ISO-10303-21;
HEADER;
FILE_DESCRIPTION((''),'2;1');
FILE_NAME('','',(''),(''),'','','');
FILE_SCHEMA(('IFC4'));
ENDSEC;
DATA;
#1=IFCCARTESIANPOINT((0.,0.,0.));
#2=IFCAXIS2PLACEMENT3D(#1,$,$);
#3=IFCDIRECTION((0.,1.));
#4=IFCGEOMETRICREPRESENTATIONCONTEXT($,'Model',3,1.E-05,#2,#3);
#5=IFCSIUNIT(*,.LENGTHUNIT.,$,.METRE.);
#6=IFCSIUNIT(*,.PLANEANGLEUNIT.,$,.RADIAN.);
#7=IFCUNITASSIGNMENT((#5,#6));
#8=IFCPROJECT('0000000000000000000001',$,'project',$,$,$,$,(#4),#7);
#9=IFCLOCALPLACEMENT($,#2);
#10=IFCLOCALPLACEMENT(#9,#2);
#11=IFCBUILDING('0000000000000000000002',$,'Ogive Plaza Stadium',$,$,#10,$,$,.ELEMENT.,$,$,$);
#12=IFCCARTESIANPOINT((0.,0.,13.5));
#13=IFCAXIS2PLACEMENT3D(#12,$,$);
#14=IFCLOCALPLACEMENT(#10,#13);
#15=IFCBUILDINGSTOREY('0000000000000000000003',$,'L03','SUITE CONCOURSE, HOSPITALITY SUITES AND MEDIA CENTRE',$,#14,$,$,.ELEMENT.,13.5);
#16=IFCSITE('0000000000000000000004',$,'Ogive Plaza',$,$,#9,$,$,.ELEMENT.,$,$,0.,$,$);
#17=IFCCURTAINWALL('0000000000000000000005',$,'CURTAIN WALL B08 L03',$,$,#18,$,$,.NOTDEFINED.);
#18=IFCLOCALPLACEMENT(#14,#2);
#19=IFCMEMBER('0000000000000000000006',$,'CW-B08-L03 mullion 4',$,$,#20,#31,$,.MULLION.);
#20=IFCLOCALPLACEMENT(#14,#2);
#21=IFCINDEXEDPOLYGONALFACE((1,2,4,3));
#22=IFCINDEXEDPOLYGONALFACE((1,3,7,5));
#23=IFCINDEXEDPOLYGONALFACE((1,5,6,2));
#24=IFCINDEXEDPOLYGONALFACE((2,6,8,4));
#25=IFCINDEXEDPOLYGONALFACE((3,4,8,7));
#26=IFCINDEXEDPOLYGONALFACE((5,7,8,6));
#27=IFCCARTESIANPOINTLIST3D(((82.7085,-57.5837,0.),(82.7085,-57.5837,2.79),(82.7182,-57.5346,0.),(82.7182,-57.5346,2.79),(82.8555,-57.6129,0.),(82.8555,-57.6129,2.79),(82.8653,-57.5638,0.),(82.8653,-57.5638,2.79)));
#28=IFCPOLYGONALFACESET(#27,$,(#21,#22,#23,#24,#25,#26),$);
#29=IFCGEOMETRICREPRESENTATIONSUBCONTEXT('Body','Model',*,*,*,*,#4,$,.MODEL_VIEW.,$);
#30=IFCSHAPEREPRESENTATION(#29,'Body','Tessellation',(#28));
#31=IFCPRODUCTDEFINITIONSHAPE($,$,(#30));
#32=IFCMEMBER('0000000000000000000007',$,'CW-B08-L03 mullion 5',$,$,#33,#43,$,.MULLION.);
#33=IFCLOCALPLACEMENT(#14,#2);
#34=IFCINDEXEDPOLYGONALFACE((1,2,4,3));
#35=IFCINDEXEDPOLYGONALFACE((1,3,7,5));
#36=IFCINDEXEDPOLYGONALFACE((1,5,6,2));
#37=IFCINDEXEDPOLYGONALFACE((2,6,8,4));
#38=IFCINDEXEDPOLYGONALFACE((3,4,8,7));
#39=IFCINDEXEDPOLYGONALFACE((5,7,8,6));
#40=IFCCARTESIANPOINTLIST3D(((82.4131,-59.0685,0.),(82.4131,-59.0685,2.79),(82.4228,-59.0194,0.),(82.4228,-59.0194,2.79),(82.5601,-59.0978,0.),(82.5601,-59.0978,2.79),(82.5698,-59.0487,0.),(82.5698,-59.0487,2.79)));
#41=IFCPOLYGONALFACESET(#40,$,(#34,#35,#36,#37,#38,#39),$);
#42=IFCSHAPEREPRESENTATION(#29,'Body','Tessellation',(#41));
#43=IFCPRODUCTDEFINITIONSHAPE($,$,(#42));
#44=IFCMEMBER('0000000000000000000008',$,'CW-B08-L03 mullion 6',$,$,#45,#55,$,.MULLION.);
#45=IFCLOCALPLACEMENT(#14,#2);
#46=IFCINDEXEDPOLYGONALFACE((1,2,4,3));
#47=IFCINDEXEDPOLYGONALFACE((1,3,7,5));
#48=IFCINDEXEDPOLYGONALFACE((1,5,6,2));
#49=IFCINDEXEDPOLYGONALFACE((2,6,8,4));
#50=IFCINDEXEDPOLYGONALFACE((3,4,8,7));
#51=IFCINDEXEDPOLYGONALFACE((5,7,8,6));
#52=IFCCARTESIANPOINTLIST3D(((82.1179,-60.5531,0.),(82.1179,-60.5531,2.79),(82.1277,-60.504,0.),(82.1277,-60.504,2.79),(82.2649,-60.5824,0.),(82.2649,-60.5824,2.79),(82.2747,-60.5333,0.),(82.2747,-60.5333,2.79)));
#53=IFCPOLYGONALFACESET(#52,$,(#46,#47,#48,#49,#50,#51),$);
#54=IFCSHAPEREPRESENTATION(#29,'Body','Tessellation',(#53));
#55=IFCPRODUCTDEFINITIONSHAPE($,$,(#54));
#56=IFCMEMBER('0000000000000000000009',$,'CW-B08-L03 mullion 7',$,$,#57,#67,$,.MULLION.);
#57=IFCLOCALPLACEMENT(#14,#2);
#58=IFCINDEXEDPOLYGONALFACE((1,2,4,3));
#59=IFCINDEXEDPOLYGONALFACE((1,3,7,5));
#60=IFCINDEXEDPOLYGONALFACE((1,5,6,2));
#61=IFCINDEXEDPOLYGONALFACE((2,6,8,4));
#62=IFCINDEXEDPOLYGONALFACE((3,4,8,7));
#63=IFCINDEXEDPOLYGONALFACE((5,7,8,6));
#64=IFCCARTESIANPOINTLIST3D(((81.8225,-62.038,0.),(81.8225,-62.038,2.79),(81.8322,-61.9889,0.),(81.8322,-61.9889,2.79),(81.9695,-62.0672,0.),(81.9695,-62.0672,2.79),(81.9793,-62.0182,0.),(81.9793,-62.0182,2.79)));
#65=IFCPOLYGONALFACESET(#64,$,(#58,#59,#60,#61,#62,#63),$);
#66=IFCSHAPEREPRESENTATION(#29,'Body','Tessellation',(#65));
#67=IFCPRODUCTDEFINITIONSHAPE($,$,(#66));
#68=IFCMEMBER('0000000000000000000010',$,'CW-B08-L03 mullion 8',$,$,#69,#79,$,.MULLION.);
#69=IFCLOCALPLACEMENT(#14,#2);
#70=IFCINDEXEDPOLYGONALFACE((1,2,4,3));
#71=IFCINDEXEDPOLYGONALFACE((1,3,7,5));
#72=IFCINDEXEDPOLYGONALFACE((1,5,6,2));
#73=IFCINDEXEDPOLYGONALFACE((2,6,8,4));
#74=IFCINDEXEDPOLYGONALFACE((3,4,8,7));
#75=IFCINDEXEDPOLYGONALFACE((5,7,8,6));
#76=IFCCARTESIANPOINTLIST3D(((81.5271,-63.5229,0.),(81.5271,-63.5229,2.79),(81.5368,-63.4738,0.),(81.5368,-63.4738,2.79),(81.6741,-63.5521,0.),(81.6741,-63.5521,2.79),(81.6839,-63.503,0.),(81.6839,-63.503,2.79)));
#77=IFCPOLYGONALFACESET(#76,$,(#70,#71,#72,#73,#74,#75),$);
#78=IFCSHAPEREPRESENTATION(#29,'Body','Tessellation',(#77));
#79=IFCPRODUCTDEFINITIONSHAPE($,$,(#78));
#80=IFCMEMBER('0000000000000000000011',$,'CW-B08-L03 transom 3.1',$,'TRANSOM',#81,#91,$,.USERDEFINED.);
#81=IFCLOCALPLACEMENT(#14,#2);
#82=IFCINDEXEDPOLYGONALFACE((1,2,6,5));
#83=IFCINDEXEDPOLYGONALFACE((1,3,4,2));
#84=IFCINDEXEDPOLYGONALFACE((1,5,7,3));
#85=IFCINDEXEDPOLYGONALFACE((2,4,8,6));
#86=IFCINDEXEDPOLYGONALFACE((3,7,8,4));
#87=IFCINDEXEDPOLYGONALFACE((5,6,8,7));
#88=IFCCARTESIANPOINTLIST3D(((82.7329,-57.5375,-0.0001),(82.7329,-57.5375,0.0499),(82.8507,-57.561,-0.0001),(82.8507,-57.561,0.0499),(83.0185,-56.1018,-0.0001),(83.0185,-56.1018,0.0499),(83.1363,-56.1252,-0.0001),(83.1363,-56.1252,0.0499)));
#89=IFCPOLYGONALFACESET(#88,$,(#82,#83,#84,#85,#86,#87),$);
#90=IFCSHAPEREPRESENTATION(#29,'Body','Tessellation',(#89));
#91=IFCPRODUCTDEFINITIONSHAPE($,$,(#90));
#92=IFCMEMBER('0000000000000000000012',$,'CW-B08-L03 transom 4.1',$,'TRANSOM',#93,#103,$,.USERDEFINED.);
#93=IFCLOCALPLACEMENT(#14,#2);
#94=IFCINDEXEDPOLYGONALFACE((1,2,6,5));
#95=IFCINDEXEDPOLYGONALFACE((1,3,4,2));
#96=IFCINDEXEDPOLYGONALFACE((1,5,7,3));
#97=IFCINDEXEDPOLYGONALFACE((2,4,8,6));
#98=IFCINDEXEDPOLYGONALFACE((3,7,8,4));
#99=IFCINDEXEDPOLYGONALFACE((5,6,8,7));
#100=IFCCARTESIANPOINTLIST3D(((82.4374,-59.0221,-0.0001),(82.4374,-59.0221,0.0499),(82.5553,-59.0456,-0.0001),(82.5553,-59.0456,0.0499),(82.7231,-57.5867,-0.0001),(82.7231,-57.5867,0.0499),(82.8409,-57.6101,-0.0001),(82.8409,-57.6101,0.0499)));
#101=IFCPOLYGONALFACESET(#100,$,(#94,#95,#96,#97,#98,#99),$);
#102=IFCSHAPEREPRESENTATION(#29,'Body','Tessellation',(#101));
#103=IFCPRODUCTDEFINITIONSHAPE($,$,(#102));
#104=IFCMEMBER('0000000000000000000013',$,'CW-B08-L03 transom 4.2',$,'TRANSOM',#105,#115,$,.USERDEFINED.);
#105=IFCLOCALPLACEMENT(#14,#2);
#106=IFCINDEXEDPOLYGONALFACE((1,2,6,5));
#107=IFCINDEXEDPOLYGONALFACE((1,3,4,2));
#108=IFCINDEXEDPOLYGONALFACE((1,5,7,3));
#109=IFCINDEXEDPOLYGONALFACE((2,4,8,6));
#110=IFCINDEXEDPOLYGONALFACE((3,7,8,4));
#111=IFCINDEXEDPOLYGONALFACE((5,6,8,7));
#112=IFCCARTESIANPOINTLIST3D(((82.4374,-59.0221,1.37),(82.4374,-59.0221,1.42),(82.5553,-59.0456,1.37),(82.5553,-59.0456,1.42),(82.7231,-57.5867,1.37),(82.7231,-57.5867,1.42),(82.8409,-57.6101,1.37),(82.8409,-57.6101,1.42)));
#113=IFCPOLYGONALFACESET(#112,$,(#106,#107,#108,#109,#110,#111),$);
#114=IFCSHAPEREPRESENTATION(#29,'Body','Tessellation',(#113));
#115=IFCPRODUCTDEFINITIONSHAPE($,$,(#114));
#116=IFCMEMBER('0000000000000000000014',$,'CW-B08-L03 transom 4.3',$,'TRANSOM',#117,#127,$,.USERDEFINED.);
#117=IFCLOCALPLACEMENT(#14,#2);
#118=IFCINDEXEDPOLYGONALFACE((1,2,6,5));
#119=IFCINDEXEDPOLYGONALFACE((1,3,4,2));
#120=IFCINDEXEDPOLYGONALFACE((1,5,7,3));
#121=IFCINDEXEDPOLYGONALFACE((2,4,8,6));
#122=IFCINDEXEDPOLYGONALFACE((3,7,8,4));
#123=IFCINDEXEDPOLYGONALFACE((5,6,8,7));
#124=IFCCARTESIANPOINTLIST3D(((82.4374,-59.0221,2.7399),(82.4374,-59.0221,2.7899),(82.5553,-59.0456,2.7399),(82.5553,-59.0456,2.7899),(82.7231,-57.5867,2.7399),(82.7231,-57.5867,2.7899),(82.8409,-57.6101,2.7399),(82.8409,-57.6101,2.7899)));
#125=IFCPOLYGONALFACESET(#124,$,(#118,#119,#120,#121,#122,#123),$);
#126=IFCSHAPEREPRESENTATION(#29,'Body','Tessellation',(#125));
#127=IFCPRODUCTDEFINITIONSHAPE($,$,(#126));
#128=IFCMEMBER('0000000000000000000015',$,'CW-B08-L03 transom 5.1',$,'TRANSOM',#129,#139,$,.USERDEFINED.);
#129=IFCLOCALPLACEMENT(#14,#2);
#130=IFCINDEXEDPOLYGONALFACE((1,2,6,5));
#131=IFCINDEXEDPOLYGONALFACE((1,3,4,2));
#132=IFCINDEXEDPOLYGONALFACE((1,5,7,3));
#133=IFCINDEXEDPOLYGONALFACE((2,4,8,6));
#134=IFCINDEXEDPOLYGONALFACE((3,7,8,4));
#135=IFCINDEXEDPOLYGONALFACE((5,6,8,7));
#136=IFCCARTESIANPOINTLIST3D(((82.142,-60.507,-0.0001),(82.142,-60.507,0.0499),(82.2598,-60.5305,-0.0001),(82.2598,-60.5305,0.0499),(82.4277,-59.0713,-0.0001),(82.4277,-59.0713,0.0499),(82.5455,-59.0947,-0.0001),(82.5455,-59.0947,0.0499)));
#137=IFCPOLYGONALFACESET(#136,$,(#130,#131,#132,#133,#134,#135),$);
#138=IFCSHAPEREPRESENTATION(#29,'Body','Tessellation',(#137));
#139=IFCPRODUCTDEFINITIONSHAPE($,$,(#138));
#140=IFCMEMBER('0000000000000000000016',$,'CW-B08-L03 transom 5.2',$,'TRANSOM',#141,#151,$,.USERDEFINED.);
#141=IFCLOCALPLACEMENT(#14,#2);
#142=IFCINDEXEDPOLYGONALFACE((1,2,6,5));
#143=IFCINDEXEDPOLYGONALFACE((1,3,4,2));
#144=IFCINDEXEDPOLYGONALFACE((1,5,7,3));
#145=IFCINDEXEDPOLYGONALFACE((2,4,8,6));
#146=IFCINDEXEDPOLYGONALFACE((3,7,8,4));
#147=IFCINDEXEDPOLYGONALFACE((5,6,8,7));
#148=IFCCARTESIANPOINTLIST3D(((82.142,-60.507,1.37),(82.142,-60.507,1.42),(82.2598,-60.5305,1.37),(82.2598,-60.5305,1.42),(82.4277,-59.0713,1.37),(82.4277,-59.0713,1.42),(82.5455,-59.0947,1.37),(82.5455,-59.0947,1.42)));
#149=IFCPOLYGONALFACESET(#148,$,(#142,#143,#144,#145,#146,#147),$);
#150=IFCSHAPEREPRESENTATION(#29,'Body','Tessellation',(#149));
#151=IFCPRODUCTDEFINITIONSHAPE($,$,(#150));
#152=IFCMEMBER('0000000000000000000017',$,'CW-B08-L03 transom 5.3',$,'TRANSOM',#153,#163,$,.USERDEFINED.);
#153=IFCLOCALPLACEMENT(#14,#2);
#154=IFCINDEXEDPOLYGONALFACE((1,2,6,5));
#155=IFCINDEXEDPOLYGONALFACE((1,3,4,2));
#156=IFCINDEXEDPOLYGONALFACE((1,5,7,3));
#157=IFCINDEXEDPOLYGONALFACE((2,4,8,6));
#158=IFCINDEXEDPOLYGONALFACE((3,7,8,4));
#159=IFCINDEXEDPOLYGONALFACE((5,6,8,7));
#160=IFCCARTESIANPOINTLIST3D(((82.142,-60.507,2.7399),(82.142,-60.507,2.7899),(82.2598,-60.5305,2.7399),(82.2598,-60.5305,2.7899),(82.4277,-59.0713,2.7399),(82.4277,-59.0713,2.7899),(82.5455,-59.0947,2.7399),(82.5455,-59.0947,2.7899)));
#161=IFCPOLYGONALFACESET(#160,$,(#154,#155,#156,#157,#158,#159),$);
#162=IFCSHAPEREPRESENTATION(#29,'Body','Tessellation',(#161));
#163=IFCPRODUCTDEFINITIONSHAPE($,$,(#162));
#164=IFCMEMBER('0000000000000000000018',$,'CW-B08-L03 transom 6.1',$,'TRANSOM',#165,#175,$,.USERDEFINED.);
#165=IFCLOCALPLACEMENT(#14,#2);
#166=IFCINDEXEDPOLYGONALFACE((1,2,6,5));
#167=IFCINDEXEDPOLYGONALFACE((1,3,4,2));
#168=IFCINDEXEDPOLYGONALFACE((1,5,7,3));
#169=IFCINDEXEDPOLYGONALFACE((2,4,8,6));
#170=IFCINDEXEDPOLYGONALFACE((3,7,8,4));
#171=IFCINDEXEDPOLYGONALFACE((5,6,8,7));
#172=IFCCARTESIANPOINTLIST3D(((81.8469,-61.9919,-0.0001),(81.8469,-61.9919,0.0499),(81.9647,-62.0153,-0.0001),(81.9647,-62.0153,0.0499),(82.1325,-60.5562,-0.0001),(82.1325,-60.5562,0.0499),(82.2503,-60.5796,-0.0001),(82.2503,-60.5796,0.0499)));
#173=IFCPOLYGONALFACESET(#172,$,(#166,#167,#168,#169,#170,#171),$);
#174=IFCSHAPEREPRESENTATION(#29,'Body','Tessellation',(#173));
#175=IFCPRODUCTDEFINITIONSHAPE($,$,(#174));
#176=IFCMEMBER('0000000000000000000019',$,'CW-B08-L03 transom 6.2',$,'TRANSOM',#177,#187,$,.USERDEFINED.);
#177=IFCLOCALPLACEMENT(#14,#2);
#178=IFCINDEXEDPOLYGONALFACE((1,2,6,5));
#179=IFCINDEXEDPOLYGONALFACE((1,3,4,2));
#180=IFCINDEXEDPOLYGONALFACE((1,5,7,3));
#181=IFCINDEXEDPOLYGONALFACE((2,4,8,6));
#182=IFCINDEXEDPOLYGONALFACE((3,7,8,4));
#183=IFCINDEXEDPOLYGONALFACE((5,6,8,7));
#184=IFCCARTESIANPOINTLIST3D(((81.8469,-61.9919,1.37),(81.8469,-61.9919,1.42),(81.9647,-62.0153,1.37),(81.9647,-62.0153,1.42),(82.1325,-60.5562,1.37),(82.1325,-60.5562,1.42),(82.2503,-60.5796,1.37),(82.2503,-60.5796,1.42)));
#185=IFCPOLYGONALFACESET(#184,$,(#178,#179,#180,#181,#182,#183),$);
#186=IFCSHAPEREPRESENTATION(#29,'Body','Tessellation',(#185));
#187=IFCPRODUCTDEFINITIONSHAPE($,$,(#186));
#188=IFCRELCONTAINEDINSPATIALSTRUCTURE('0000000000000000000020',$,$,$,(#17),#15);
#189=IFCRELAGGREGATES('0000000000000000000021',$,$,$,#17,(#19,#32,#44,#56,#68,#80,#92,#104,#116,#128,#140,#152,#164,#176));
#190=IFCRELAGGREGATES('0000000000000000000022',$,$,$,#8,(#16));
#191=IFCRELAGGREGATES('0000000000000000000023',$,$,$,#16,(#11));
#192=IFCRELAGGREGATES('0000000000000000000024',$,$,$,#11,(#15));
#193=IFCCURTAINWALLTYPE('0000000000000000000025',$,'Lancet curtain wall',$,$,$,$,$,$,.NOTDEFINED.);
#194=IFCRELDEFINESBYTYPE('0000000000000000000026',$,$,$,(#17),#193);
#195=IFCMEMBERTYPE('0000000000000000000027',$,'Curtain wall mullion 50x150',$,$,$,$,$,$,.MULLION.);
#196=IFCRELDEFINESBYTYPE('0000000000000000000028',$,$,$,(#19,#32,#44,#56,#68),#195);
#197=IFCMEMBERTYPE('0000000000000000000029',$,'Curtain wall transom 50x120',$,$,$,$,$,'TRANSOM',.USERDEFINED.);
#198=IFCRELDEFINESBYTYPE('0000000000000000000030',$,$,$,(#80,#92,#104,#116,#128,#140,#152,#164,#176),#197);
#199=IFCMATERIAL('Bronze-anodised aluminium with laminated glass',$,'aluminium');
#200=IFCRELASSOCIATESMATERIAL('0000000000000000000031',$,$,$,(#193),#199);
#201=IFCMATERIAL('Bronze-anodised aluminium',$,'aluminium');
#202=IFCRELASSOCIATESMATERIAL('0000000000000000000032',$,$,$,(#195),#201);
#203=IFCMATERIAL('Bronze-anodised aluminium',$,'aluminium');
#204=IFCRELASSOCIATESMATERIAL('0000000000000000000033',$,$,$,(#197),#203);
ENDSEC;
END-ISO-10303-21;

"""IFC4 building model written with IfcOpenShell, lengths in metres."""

from ifc_helpers import new_model, si_unit, direction, frame, origin, origin_2d, place, context, subcontext, project, spatial, rectangle, extrude, material, material_profile, profile_set, type_object, element, aggregate, save


model = new_model("IFC4")

# Units and contexts
model_context = context("Model", 3, precision=1e-05, world=origin(), true_north=direction((0.0, 1.0)))
body_context = subcontext(model_context, "Body", "Model", "MODEL_VIEW")
ifc_project = project(units=[si_unit("LENGTHUNIT", "METRE"), si_unit("PLANEANGLEUNIT", "RADIAN")], contexts=[model_context])

# Site, building, storey
site_placement = place(None, origin())
site = spatial("IfcSite", under=ifc_project, at=site_placement, Name="Ogive Plaza", CompositionType="ELEMENT", RefElevation=0.0)
building_placement = place(site_placement, origin())
building = spatial("IfcBuilding", under=site, at=building_placement, Name="Ogive Plaza Stadium", CompositionType="ELEMENT")
storey_placement = place(building_placement, frame((0.0, 0.0, 13.5)))
storey = spatial("IfcBuildingStorey", under=building, at=storey_placement, Name="L03", Description="SUITE CONCOURSE, HOSPITALITY SUITES AND MEDIA CENTRE", CompositionType="ELEMENT", Elevation=13.5)

# Curtain wall, members
ifc_material_1 = material(Name="Bronze-anodised aluminium with laminated glass", Category="aluminium")
curtain_wall_type = type_object("IfcCurtainWallType", Name="Lancet curtain wall", PredefinedType="NOTDEFINED", material=ifc_material_1)
curtain_wall_placement = place(storey_placement, origin())
curtain_wall = element("IfcCurtainWall", 1, at=curtain_wall_placement, inside=storey, type_object=curtain_wall_type, Name="CURTAIN WALL B08 L03", PredefinedType="NOTDEFINED")
ifc_material_2 = material(Name="Bronze-anodised aluminium", Category="aluminium")
ifc_material_profile_1 = material_profile(ifc_material_2, rectangle(XDim=0.1499, YDim=0.05, at=origin_2d()), Name="AL 150x50")
ifc_profile_set_1 = profile_set([ifc_material_profile_1], Name="Bronze-anodised aluminium")
member_type_1 = type_object("IfcMemberType", Name="Curtain wall mullion 50x150", PredefinedType="MULLION", material=ifc_profile_set_1)
member_1_placement = place(storey_placement, frame((82.7869, -57.5737, 0.0), z_axis=(0.0, 0.0, 1.0), x_axis=(0.980785, -0.19509, 0.0)))
member_1 = element("IfcMember", 2, at=member_1_placement, type_object=member_type_1, Name="CW-B08-L03 mullion 4", PredefinedType="MULLION", context=body_context, shape_type="SweptSolid", body=[
    extrude(rectangle(XDim=0.1499, YDim=0.05, at=origin_2d()), origin(), (0.0, 0.0, 1.0), 2.79),
])
member_2_placement = place(storey_placement, frame((82.4915, -59.0586, 0.0), z_axis=(0.0, 0.0, 1.0), x_axis=(0.980785, -0.19509, 0.0)))
member_2 = element("IfcMember", 3, at=member_2_placement, type_object=member_type_1, Name="CW-B08-L03 mullion 5", PredefinedType="MULLION", context=body_context, shape_type="SweptSolid", body=[
    extrude(rectangle(XDim=0.1499, YDim=0.05, at=origin_2d()), origin(), (0.0, 0.0, 1.0), 2.79),
])
member_3_placement = place(storey_placement, frame((82.1963, -60.5432, 0.0), z_axis=(0.0, 0.0, 1.0), x_axis=(0.980785, -0.19509, 0.0)))
member_3 = element("IfcMember", 4, at=member_3_placement, type_object=member_type_1, Name="CW-B08-L03 mullion 6", PredefinedType="MULLION", context=body_context, shape_type="SweptSolid", body=[
    extrude(rectangle(XDim=0.1499, YDim=0.05, at=origin_2d()), origin(), (0.0, 0.0, 1.0), 2.79),
])
member_4_placement = place(storey_placement, frame((81.9009, -62.0281, 0.0), z_axis=(0.0, 0.0, 1.0), x_axis=(0.980785, -0.19509, 0.0)))
member_4 = element("IfcMember", 5, at=member_4_placement, type_object=member_type_1, Name="CW-B08-L03 mullion 7", PredefinedType="MULLION", context=body_context, shape_type="SweptSolid", body=[
    extrude(rectangle(XDim=0.1499, YDim=0.05, at=origin_2d()), origin(), (0.0, 0.0, 1.0), 2.79),
])
member_5_placement = place(storey_placement, frame((81.6055, -63.5129, 0.0), z_axis=(0.0, 0.0, 1.0), x_axis=(0.980785, -0.19509, 0.0)))
member_5 = element("IfcMember", 6, at=member_5_placement, type_object=member_type_1, Name="CW-B08-L03 mullion 8", PredefinedType="MULLION", context=body_context, shape_type="SweptSolid", body=[
    extrude(rectangle(XDim=0.1499, YDim=0.05, at=origin_2d()), origin(), (0.0, 0.0, 1.0), 2.79),
])
ifc_material_3 = material(Name="Bronze-anodised aluminium", Category="aluminium")
ifc_material_profile_2 = material_profile(ifc_material_3, rectangle(XDim=0.1201, YDim=0.05, at=origin_2d()), Name="AL 120x50")
ifc_profile_set_2 = profile_set([ifc_material_profile_2], Name="Bronze-anodised aluminium")
member_type_2 = type_object("IfcMemberType", Name="Curtain wall transom 50x120", ElementType="TRANSOM", PredefinedType="USERDEFINED", material=ifc_profile_set_2)
member_6_placement = place(storey_placement, frame((83.0774, -56.1135, 0.0249), z_axis=(-0.195122, -0.980779, 0.0), x_axis=(0.980779, -0.195122, 0.0)))
member_6 = element("IfcMember", 7, at=member_6_placement, type_object=member_type_2, Name="CW-B08-L03 transom 3.1", ObjectType="TRANSOM", PredefinedType="USERDEFINED", context=body_context, shape_type="SweptSolid", body=[
    extrude(rectangle(XDim=0.1201, YDim=0.05, at=origin_2d()), origin(), (0.0, 0.0, 1.0), 1.4639),
])
member_7_placement = place(storey_placement, frame((82.782, -57.5984, 0.0249), z_axis=(-0.195154, -0.980773, 0.0), x_axis=(0.980773, -0.195154, 0.0)))
member_7 = element("IfcMember", 8, at=member_7_placement, type_object=member_type_2, Name="CW-B08-L03 transom 4.1", ObjectType="TRANSOM", PredefinedType="USERDEFINED", context=body_context, shape_type="SweptSolid", body=[
    extrude(rectangle(XDim=0.1201, YDim=0.05, at=origin_2d()), origin(), (0.0, 0.0, 1.0), 1.4636),
])
member_8_placement = place(storey_placement, frame((82.782, -57.5984, 1.395), z_axis=(-0.195154, -0.980773, 0.0), x_axis=(0.980773, -0.195154, 0.0)))
member_8 = element("IfcMember", 9, at=member_8_placement, type_object=member_type_2, Name="CW-B08-L03 transom 4.2", ObjectType="TRANSOM", PredefinedType="USERDEFINED", context=body_context, shape_type="SweptSolid", body=[
    extrude(rectangle(XDim=0.1201, YDim=0.05, at=origin_2d()), origin(), (0.0, 0.0, 1.0), 1.4636),
])
member_9_placement = place(storey_placement, frame((82.782, -57.5984, 2.7649), z_axis=(-0.195154, -0.980773, 0.0), x_axis=(0.980773, -0.195154, 0.0)))
member_9 = element("IfcMember", 10, at=member_9_placement, type_object=member_type_2, Name="CW-B08-L03 transom 4.3", ObjectType="TRANSOM", PredefinedType="USERDEFINED", context=body_context, shape_type="SweptSolid", body=[
    extrude(rectangle(XDim=0.1201, YDim=0.05, at=origin_2d()), origin(), (0.0, 0.0, 1.0), 1.4636),
])
member_10_placement = place(storey_placement, frame((82.4866, -59.083, 0.0249), z_axis=(-0.195122, -0.980779, 0.0), x_axis=(0.980779, -0.195122, 0.0)))
member_10 = element("IfcMember", 11, at=member_10_placement, type_object=member_type_2, Name="CW-B08-L03 transom 5.1", ObjectType="TRANSOM", PredefinedType="USERDEFINED", context=body_context, shape_type="SweptSolid", body=[
    extrude(rectangle(XDim=0.1201, YDim=0.05, at=origin_2d()), origin(), (0.0, 0.0, 1.0), 1.4639),
])
member_11_placement = place(storey_placement, frame((82.4866, -59.083, 1.395), z_axis=(-0.195122, -0.980779, 0.0), x_axis=(0.980779, -0.195122, 0.0)))
member_11 = element("IfcMember", 12, at=member_11_placement, type_object=member_type_2, Name="CW-B08-L03 transom 5.2", ObjectType="TRANSOM", PredefinedType="USERDEFINED", context=body_context, shape_type="SweptSolid", body=[
    extrude(rectangle(XDim=0.1201, YDim=0.05, at=origin_2d()), origin(), (0.0, 0.0, 1.0), 1.4639),
])
member_12_placement = place(storey_placement, frame((82.4866, -59.083, 2.7649), z_axis=(-0.195122, -0.980779, 0.0), x_axis=(0.980779, -0.195122, 0.0)))
member_12 = element("IfcMember", 13, at=member_12_placement, type_object=member_type_2, Name="CW-B08-L03 transom 5.3", ObjectType="TRANSOM", PredefinedType="USERDEFINED", context=body_context, shape_type="SweptSolid", body=[
    extrude(rectangle(XDim=0.1201, YDim=0.05, at=origin_2d()), origin(), (0.0, 0.0, 1.0), 1.4639),
])
member_13_placement = place(storey_placement, frame((82.1914, -60.5679, 0.0249), z_axis=(-0.195122, -0.980779, 0.0), x_axis=(0.980779, -0.195122, 0.0)))
member_13 = element("IfcMember", 14, at=member_13_placement, type_object=member_type_2, Name="CW-B08-L03 transom 6.1", ObjectType="TRANSOM", PredefinedType="USERDEFINED", context=body_context, shape_type="SweptSolid", body=[
    extrude(rectangle(XDim=0.1201, YDim=0.05, at=origin_2d()), origin(), (0.0, 0.0, 1.0), 1.4639),
])
member_14_placement = place(storey_placement, frame((82.1914, -60.5679, 1.395), z_axis=(-0.195122, -0.980779, 0.0), x_axis=(0.980779, -0.195122, 0.0)))
member_14 = element("IfcMember", 15, at=member_14_placement, type_object=member_type_2, Name="CW-B08-L03 transom 6.2", ObjectType="TRANSOM", PredefinedType="USERDEFINED", context=body_context, shape_type="SweptSolid", body=[
    extrude(rectangle(XDim=0.1201, YDim=0.05, at=origin_2d()), origin(), (0.0, 0.0, 1.0), 1.4639),
])
aggregate(curtain_wall, [member_1, member_2, member_3, member_4, member_5, member_6, member_7, member_8, member_9, member_10, member_11, member_12, member_13, member_14])

save(model, "model.ifc")
